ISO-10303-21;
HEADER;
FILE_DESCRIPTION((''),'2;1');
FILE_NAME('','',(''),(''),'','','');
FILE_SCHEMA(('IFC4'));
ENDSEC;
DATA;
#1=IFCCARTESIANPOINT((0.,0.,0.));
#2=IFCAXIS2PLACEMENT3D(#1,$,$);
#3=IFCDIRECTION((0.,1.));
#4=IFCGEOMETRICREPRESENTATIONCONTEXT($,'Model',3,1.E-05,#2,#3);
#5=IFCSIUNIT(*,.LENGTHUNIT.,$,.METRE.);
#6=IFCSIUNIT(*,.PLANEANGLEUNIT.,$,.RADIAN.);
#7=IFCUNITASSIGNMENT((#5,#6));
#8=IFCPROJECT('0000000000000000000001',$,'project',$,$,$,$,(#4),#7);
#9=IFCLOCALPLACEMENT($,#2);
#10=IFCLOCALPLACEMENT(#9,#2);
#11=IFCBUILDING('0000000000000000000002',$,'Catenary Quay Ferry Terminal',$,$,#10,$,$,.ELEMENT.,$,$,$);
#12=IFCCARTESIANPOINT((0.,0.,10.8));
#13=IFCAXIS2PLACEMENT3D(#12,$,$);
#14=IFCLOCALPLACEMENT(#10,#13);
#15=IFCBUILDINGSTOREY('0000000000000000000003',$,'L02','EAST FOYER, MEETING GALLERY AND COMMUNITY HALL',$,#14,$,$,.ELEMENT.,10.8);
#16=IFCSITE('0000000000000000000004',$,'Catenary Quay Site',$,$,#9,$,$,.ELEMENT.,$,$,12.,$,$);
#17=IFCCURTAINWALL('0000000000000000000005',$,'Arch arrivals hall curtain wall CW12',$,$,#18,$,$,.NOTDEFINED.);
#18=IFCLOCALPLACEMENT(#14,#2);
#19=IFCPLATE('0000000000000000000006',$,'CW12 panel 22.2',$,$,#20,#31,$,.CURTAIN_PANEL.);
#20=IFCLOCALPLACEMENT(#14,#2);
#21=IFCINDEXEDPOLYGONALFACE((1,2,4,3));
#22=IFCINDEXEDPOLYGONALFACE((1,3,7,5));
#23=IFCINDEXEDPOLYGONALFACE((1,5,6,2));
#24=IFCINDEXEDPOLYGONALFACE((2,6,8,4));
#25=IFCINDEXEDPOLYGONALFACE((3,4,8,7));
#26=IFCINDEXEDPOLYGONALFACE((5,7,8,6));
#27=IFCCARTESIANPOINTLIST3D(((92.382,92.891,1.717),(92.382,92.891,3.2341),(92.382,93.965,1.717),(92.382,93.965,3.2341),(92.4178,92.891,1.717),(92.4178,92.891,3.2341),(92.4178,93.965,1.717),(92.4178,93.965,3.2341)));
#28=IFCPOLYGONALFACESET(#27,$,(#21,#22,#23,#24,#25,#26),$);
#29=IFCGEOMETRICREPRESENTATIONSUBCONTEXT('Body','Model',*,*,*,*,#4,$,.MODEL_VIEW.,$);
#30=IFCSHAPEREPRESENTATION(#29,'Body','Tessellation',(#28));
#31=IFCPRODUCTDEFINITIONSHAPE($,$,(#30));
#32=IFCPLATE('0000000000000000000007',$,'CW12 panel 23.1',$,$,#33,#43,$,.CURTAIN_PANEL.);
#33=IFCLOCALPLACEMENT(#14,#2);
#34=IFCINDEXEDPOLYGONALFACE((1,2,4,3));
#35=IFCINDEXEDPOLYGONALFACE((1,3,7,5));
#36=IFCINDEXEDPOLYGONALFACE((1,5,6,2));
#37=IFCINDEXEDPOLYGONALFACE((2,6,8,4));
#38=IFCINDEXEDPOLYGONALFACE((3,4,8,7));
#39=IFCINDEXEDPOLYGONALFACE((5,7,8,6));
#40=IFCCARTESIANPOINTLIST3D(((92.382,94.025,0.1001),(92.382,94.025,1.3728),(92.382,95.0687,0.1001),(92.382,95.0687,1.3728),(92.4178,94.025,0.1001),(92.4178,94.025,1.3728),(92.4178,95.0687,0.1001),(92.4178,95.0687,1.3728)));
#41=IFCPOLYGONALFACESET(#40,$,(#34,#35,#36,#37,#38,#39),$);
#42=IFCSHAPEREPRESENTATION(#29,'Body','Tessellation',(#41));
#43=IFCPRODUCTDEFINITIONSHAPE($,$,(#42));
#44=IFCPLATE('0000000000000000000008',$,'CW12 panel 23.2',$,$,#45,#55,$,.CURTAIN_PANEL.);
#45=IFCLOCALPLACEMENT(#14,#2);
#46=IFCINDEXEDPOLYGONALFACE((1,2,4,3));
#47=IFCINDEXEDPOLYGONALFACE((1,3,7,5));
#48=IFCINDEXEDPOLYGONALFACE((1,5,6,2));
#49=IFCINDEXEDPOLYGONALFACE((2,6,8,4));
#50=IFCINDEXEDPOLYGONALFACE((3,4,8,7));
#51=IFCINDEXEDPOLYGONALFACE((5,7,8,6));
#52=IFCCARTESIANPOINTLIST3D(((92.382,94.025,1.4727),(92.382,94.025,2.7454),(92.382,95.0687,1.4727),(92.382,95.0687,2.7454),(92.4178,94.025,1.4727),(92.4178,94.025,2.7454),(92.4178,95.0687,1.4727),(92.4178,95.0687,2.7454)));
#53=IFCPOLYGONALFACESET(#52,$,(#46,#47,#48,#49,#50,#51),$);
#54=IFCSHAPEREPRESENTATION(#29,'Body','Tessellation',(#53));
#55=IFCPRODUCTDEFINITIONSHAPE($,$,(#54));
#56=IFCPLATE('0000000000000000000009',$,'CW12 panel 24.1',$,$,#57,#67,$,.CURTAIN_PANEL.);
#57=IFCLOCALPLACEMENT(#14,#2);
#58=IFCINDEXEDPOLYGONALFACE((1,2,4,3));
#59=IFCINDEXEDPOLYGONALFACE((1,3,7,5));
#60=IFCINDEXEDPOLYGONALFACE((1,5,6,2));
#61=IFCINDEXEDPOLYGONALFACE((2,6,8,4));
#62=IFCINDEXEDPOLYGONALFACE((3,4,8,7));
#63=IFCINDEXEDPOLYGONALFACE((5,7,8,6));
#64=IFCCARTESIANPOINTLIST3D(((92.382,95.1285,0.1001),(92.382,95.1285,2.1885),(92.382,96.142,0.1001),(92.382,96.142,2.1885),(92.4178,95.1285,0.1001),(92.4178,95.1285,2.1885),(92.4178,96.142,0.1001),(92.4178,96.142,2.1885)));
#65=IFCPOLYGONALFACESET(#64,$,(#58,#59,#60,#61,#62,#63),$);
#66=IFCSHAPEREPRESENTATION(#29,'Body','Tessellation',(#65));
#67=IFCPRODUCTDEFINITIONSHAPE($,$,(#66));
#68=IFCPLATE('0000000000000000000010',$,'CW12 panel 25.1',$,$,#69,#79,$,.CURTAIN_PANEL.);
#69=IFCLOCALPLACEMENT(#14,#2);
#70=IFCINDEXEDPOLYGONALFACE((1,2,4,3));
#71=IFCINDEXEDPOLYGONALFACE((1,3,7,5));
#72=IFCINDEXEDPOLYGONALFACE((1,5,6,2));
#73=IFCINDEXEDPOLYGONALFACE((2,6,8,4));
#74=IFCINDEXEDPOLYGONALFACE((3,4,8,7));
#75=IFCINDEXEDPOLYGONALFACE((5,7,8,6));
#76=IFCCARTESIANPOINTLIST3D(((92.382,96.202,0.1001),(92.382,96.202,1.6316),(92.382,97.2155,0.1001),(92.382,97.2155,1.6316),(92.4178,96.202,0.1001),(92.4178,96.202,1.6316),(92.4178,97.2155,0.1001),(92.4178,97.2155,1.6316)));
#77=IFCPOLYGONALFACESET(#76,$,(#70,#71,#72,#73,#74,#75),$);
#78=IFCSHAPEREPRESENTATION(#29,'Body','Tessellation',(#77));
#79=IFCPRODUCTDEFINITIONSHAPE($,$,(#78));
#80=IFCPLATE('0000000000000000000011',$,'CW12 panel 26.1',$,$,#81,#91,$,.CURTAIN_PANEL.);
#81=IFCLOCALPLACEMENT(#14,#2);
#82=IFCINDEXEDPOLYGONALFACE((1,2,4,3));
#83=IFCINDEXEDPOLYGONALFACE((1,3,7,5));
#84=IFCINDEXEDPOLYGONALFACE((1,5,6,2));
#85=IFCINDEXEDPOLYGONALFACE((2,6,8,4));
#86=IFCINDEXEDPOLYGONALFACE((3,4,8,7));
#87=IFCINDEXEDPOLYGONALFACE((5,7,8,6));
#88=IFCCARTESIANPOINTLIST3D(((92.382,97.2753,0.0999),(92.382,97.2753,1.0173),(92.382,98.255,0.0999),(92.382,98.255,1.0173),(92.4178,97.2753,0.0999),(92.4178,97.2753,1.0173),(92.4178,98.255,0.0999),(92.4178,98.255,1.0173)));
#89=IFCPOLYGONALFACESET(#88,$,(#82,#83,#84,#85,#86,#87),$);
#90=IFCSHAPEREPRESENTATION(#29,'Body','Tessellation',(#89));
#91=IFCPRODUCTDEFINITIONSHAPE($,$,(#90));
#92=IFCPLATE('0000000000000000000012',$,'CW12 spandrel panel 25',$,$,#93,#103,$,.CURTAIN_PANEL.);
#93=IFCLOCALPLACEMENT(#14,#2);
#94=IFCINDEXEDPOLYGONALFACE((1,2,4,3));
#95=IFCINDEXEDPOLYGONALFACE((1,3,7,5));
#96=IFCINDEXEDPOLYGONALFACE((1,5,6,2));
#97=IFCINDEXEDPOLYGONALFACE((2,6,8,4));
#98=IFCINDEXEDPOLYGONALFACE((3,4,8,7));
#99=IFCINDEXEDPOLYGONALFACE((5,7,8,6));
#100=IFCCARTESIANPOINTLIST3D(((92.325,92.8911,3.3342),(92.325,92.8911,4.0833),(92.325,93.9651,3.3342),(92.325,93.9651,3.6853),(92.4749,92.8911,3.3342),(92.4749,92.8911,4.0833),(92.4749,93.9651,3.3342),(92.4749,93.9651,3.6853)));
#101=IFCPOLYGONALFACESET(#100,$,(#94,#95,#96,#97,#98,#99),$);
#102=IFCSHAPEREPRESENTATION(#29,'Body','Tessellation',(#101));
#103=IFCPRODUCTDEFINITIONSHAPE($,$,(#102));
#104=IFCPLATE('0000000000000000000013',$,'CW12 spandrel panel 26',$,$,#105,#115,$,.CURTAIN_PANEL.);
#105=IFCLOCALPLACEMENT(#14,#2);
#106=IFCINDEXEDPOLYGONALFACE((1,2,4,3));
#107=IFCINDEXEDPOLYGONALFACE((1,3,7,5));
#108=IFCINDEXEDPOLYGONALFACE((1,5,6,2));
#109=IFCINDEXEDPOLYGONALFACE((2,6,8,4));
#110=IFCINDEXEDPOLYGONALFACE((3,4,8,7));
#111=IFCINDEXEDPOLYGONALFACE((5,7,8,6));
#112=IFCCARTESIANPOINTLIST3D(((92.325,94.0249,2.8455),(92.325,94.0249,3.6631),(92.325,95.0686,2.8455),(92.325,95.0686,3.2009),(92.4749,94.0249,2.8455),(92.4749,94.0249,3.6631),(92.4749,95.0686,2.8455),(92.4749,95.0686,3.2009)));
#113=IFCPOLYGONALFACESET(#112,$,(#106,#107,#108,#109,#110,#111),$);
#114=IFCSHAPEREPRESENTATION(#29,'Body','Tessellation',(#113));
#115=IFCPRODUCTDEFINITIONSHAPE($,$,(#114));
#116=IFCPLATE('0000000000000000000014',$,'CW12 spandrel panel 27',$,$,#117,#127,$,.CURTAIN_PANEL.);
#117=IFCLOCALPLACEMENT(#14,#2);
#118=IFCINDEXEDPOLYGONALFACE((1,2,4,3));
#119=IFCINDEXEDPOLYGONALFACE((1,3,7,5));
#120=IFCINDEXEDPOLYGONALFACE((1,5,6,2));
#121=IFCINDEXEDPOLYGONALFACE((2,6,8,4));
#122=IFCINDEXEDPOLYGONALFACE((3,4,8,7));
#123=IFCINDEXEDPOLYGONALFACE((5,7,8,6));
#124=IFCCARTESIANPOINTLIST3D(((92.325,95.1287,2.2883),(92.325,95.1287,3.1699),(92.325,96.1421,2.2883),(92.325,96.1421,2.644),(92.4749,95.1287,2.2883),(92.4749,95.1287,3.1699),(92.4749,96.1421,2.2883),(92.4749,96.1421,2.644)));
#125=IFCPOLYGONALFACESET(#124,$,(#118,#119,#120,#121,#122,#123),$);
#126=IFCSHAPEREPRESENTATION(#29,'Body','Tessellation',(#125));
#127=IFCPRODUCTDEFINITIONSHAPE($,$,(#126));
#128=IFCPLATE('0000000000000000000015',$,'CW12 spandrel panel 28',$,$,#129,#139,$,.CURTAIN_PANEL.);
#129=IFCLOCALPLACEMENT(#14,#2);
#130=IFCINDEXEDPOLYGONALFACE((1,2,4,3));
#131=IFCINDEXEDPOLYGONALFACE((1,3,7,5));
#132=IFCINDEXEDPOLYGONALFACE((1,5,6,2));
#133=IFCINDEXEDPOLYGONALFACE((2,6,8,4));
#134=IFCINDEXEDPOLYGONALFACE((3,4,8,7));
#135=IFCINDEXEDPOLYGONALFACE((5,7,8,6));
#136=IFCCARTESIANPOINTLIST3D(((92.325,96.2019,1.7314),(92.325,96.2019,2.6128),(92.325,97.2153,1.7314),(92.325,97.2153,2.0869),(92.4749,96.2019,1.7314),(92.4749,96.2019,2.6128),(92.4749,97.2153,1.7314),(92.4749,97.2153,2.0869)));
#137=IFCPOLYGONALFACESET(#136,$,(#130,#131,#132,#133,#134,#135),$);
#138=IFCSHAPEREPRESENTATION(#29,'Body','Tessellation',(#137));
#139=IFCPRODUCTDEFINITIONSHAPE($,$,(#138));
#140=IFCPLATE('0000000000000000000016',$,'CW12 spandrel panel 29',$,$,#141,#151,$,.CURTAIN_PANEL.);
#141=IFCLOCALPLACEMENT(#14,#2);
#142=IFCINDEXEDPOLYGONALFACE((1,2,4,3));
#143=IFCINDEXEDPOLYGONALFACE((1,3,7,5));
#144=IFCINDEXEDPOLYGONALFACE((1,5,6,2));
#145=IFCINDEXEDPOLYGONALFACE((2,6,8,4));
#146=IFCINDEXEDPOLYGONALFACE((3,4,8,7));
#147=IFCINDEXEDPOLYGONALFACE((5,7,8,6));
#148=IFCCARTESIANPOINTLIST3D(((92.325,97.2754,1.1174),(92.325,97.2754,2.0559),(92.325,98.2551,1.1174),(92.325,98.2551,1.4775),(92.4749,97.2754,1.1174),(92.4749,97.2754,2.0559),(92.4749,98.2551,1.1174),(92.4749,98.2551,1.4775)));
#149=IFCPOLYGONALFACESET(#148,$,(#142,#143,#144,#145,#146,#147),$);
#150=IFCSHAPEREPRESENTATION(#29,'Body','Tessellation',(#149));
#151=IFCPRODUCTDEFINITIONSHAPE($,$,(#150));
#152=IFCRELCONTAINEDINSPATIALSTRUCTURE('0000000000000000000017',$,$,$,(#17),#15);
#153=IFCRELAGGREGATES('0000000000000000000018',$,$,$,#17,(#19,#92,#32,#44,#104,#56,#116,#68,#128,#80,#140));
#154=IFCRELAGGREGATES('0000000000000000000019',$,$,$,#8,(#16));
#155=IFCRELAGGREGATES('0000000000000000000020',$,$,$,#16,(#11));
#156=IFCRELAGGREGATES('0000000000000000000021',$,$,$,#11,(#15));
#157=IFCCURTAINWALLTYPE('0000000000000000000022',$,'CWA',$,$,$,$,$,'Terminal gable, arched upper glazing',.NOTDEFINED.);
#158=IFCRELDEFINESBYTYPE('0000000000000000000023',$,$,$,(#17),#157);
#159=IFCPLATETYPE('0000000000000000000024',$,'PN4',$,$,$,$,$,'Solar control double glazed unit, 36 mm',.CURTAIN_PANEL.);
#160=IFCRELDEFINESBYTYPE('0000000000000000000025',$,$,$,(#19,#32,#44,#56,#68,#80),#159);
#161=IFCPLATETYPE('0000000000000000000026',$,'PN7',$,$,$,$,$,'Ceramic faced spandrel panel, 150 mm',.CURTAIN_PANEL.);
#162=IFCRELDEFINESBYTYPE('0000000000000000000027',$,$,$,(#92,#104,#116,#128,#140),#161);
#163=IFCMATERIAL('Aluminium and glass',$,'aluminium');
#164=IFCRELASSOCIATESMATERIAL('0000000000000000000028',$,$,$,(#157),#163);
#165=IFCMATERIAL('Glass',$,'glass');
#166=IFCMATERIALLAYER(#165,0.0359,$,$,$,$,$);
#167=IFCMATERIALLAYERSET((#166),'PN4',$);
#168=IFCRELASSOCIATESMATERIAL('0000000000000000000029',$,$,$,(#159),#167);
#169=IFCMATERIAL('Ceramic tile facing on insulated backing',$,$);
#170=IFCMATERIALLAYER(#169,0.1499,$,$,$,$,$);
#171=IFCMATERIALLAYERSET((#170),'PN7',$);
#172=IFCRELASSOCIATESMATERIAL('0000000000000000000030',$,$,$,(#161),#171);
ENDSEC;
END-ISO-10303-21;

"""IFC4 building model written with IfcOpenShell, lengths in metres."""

from ifc_helpers import new_model, si_unit, direction, frame, origin, origin_2d, place, context, subcontext, project, spatial, polyline, rectangle, outline, extrude, material, layer, layer_set, type_object, element, aggregate, save


model = new_model("IFC4")

# Units and contexts
model_context = context("Model", 3, precision=1e-05, world=origin(), true_north=direction((0.0, 1.0)))
body_context = subcontext(model_context, "Body", "Model", "MODEL_VIEW")
ifc_project = project(units=[si_unit("LENGTHUNIT", "METRE"), si_unit("PLANEANGLEUNIT", "RADIAN")], contexts=[model_context])

# Site, building, storey
site_placement = place(None, origin())
site = spatial("IfcSite", under=ifc_project, at=site_placement, Name="Catenary Quay Site", CompositionType="ELEMENT", RefElevation=12.0)
building_placement = place(site_placement, origin())
building = spatial("IfcBuilding", under=site, at=building_placement, Name="Catenary Quay Ferry Terminal", CompositionType="ELEMENT")
storey_placement = place(building_placement, frame((0.0, 0.0, 10.8)))
storey = spatial("IfcBuildingStorey", under=building, at=storey_placement, Name="L02", Description="EAST FOYER, MEETING GALLERY AND COMMUNITY HALL", CompositionType="ELEMENT", Elevation=10.8)

# Curtain wall
ifc_material_1 = material(Name="Aluminium and glass", Category="aluminium")
curtain_wall_type = type_object("IfcCurtainWallType", Name="CWA", ElementType="Terminal gable, arched upper glazing", PredefinedType="NOTDEFINED", material=ifc_material_1)
curtain_wall_placement = place(storey_placement, origin())
curtain_wall = element("IfcCurtainWall", 1, at=curtain_wall_placement, inside=storey, type_object=curtain_wall_type, Name="Arch arrivals hall curtain wall CW12", PredefinedType="NOTDEFINED")

# Plates
ifc_material_2 = material(Name="Glass", Category="glass")
ifc_layer_1 = layer(ifc_material_2, 0.0359)
ifc_layer_set_1 = layer_set([ifc_layer_1], Name="PN4")
plate_type_1 = type_object("IfcPlateType", Name="PN4", ElementType="Solar control double glazed unit, 36 mm", PredefinedType="CURTAIN_PANEL", material=ifc_layer_set_1)
plate_1_placement = place(storey_placement, frame((92.3999, 93.428, 1.717), z_axis=(0.0, 0.0, 1.0), x_axis=(0.0, 1.0, 0.0)))
plate_1 = element("IfcPlate", 2, at=plate_1_placement, type_object=plate_type_1, Name="CW12 panel 22.2", PredefinedType="CURTAIN_PANEL", context=body_context, shape_type="SweptSolid", body=[
    extrude(rectangle(XDim=1.074, YDim=0.0359, at=origin_2d()), origin(), (0.0, 0.0, 1.0), 1.5171),
])
plate_2_placement = place(storey_placement, frame((92.3999, 94.5469, 0.1001), z_axis=(0.0, 0.0, 1.0), x_axis=(0.0, 1.0, 0.0)))
plate_2 = element("IfcPlate", 3, at=plate_2_placement, type_object=plate_type_1, Name="CW12 panel 23.1", PredefinedType="CURTAIN_PANEL", context=body_context, shape_type="SweptSolid", body=[
    extrude(rectangle(XDim=1.0437, YDim=0.0359, at=origin_2d()), origin(), (0.0, 0.0, 1.0), 1.2727),
])
plate_3_placement = place(storey_placement, frame((92.3999, 94.5469, 1.4727), z_axis=(0.0, 0.0, 1.0), x_axis=(0.0, 1.0, 0.0)))
plate_3 = element("IfcPlate", 4, at=plate_3_placement, type_object=plate_type_1, Name="CW12 panel 23.2", PredefinedType="CURTAIN_PANEL", context=body_context, shape_type="SweptSolid", body=[
    extrude(rectangle(XDim=1.0437, YDim=0.0359, at=origin_2d()), origin(), (0.0, 0.0, 1.0), 1.2727),
])
plate_4_placement = place(storey_placement, frame((92.3999, 95.6353, 0.1001), z_axis=(0.0, 0.0, 1.0), x_axis=(0.0, 1.0, 0.0)))
plate_4 = element("IfcPlate", 5, at=plate_4_placement, type_object=plate_type_1, Name="CW12 panel 24.1", PredefinedType="CURTAIN_PANEL", context=body_context, shape_type="SweptSolid", body=[
    extrude(rectangle(XDim=1.0134, YDim=0.0359, at=origin_2d()), origin(), (0.0, 0.0, 1.0), 2.0884),
])
plate_5_placement = place(storey_placement, frame((92.3999, 96.7087, 0.1001), z_axis=(0.0, 0.0, 1.0), x_axis=(0.0, 1.0, 0.0)))
plate_5 = element("IfcPlate", 6, at=plate_5_placement, type_object=plate_type_1, Name="CW12 panel 25.1", PredefinedType="CURTAIN_PANEL", context=body_context, shape_type="SweptSolid", body=[
    extrude(rectangle(XDim=1.0134, YDim=0.0359, at=origin_2d()), origin(), (0.0, 0.0, 1.0), 1.5315),
])
plate_6_placement = place(storey_placement, frame((92.3999, 97.7651, 0.0999), z_axis=(0.0, 0.0, 1.0), x_axis=(0.0, 1.0, 0.0)))
plate_6 = element("IfcPlate", 7, at=plate_6_placement, type_object=plate_type_1, Name="CW12 panel 26.1", PredefinedType="CURTAIN_PANEL", context=body_context, shape_type="SweptSolid", body=[
    extrude(rectangle(XDim=0.9797, YDim=0.0359, at=origin_2d()), origin(), (0.0, 0.0, 1.0), 0.9175),
])
ifc_material_3 = material(Name="Ceramic tile facing on insulated backing")
ifc_layer_2 = layer(ifc_material_3, 0.1499)
ifc_layer_set_2 = layer_set([ifc_layer_2], Name="PN7")
plate_type_2 = type_object("IfcPlateType", Name="PN7", ElementType="Ceramic faced spandrel panel, 150 mm", PredefinedType="CURTAIN_PANEL", material=ifc_layer_set_2)
plate_7_placement = place(storey_placement, frame((92.3999, 92.8911, 3.3342), z_axis=(0.0, 0.0, 1.0), x_axis=(0.0, 1.0, 0.0)))
plate_7 = element("IfcPlate", 8, at=plate_7_placement, type_object=plate_type_2, Name="CW12 spandrel panel 25", PredefinedType="CURTAIN_PANEL", context=body_context, shape_type="SweptSolid", body=[
    extrude(outline(polyline([(0.0, 0.0), (1.074, 0.0), (1.074, 0.3511), (0.0, 0.749), (0.0, 0.0)])), frame((0.0, 0.075, 0.0), z_axis=(0.0, -1.0, 0.0), x_axis=(1.0, 0.0, 0.0)), (0.0, 0.0, 1.0), 0.1499),
])
plate_8_placement = place(storey_placement, frame((92.3999, 94.0249, 2.8455), z_axis=(0.0, 0.0, 1.0), x_axis=(0.0, 1.0, 0.0)))
plate_8 = element("IfcPlate", 9, at=plate_8_placement, type_object=plate_type_2, Name="CW12 spandrel panel 26", PredefinedType="CURTAIN_PANEL", context=body_context, shape_type="SweptSolid", body=[
    extrude(outline(polyline([(0.0, 0.0), (1.0437, 0.0), (1.0437, 0.3555), (0.0, 0.8176), (0.0, 0.0)])), frame((0.0, 0.075, 0.0), z_axis=(0.0, -1.0, 0.0), x_axis=(1.0, 0.0, 0.0)), (0.0, 0.0, 1.0), 0.1499),
])
plate_9_placement = place(storey_placement, frame((92.3999, 95.1287, 2.2883), z_axis=(0.0, 0.0, 1.0), x_axis=(0.0, 1.0, 0.0)))
plate_9 = element("IfcPlate", 10, at=plate_9_placement, type_object=plate_type_2, Name="CW12 spandrel panel 27", PredefinedType="CURTAIN_PANEL", context=body_context, shape_type="SweptSolid", body=[
    extrude(outline(polyline([(0.0, 0.0), (1.0134, 0.0), (1.0134, 0.3557), (0.0, 0.8816), (0.0, 0.0)])), frame((0.0, 0.075, 0.0), z_axis=(0.0, -1.0, 0.0), x_axis=(1.0, 0.0, 0.0)), (0.0, 0.0, 1.0), 0.1499),
])
plate_10_placement = place(storey_placement, frame((92.3999, 96.2019, 1.7314), z_axis=(0.0, 0.0, 1.0), x_axis=(0.0, 1.0, 0.0)))
plate_10 = element("IfcPlate", 11, at=plate_10_placement, type_object=plate_type_2, Name="CW12 spandrel panel 28", PredefinedType="CURTAIN_PANEL", context=body_context, shape_type="SweptSolid", body=[
    extrude(outline(polyline([(0.0, 0.0), (1.0134, 0.0), (1.0134, 0.3555), (0.0, 0.8813), (0.0, 0.0)])), frame((0.0, 0.075, 0.0), z_axis=(0.0, -1.0, 0.0), x_axis=(1.0, 0.0, 0.0)), (0.0, 0.0, 1.0), 0.1499),
])
plate_11_placement = place(storey_placement, frame((92.3999, 97.2754, 1.1174), z_axis=(0.0, 0.0, 1.0), x_axis=(0.0, 1.0, 0.0)))
plate_11 = element("IfcPlate", 12, at=plate_11_placement, type_object=plate_type_2, Name="CW12 spandrel panel 29", PredefinedType="CURTAIN_PANEL", context=body_context, shape_type="SweptSolid", body=[
    extrude(outline(polyline([(0.0, 0.0), (0.9797, 0.0), (0.9797, 0.3601), (0.0, 0.9385), (0.0, 0.0)])), frame((0.0, 0.075, 0.0), z_axis=(0.0, -1.0, 0.0), x_axis=(1.0, 0.0, 0.0)), (0.0, 0.0, 1.0), 0.1499),
])
aggregate(curtain_wall, [plate_1, plate_7, plate_2, plate_3, plate_8, plate_4, plate_9, plate_5, plate_10, plate_6, plate_11])

save(model, "model.ifc")
